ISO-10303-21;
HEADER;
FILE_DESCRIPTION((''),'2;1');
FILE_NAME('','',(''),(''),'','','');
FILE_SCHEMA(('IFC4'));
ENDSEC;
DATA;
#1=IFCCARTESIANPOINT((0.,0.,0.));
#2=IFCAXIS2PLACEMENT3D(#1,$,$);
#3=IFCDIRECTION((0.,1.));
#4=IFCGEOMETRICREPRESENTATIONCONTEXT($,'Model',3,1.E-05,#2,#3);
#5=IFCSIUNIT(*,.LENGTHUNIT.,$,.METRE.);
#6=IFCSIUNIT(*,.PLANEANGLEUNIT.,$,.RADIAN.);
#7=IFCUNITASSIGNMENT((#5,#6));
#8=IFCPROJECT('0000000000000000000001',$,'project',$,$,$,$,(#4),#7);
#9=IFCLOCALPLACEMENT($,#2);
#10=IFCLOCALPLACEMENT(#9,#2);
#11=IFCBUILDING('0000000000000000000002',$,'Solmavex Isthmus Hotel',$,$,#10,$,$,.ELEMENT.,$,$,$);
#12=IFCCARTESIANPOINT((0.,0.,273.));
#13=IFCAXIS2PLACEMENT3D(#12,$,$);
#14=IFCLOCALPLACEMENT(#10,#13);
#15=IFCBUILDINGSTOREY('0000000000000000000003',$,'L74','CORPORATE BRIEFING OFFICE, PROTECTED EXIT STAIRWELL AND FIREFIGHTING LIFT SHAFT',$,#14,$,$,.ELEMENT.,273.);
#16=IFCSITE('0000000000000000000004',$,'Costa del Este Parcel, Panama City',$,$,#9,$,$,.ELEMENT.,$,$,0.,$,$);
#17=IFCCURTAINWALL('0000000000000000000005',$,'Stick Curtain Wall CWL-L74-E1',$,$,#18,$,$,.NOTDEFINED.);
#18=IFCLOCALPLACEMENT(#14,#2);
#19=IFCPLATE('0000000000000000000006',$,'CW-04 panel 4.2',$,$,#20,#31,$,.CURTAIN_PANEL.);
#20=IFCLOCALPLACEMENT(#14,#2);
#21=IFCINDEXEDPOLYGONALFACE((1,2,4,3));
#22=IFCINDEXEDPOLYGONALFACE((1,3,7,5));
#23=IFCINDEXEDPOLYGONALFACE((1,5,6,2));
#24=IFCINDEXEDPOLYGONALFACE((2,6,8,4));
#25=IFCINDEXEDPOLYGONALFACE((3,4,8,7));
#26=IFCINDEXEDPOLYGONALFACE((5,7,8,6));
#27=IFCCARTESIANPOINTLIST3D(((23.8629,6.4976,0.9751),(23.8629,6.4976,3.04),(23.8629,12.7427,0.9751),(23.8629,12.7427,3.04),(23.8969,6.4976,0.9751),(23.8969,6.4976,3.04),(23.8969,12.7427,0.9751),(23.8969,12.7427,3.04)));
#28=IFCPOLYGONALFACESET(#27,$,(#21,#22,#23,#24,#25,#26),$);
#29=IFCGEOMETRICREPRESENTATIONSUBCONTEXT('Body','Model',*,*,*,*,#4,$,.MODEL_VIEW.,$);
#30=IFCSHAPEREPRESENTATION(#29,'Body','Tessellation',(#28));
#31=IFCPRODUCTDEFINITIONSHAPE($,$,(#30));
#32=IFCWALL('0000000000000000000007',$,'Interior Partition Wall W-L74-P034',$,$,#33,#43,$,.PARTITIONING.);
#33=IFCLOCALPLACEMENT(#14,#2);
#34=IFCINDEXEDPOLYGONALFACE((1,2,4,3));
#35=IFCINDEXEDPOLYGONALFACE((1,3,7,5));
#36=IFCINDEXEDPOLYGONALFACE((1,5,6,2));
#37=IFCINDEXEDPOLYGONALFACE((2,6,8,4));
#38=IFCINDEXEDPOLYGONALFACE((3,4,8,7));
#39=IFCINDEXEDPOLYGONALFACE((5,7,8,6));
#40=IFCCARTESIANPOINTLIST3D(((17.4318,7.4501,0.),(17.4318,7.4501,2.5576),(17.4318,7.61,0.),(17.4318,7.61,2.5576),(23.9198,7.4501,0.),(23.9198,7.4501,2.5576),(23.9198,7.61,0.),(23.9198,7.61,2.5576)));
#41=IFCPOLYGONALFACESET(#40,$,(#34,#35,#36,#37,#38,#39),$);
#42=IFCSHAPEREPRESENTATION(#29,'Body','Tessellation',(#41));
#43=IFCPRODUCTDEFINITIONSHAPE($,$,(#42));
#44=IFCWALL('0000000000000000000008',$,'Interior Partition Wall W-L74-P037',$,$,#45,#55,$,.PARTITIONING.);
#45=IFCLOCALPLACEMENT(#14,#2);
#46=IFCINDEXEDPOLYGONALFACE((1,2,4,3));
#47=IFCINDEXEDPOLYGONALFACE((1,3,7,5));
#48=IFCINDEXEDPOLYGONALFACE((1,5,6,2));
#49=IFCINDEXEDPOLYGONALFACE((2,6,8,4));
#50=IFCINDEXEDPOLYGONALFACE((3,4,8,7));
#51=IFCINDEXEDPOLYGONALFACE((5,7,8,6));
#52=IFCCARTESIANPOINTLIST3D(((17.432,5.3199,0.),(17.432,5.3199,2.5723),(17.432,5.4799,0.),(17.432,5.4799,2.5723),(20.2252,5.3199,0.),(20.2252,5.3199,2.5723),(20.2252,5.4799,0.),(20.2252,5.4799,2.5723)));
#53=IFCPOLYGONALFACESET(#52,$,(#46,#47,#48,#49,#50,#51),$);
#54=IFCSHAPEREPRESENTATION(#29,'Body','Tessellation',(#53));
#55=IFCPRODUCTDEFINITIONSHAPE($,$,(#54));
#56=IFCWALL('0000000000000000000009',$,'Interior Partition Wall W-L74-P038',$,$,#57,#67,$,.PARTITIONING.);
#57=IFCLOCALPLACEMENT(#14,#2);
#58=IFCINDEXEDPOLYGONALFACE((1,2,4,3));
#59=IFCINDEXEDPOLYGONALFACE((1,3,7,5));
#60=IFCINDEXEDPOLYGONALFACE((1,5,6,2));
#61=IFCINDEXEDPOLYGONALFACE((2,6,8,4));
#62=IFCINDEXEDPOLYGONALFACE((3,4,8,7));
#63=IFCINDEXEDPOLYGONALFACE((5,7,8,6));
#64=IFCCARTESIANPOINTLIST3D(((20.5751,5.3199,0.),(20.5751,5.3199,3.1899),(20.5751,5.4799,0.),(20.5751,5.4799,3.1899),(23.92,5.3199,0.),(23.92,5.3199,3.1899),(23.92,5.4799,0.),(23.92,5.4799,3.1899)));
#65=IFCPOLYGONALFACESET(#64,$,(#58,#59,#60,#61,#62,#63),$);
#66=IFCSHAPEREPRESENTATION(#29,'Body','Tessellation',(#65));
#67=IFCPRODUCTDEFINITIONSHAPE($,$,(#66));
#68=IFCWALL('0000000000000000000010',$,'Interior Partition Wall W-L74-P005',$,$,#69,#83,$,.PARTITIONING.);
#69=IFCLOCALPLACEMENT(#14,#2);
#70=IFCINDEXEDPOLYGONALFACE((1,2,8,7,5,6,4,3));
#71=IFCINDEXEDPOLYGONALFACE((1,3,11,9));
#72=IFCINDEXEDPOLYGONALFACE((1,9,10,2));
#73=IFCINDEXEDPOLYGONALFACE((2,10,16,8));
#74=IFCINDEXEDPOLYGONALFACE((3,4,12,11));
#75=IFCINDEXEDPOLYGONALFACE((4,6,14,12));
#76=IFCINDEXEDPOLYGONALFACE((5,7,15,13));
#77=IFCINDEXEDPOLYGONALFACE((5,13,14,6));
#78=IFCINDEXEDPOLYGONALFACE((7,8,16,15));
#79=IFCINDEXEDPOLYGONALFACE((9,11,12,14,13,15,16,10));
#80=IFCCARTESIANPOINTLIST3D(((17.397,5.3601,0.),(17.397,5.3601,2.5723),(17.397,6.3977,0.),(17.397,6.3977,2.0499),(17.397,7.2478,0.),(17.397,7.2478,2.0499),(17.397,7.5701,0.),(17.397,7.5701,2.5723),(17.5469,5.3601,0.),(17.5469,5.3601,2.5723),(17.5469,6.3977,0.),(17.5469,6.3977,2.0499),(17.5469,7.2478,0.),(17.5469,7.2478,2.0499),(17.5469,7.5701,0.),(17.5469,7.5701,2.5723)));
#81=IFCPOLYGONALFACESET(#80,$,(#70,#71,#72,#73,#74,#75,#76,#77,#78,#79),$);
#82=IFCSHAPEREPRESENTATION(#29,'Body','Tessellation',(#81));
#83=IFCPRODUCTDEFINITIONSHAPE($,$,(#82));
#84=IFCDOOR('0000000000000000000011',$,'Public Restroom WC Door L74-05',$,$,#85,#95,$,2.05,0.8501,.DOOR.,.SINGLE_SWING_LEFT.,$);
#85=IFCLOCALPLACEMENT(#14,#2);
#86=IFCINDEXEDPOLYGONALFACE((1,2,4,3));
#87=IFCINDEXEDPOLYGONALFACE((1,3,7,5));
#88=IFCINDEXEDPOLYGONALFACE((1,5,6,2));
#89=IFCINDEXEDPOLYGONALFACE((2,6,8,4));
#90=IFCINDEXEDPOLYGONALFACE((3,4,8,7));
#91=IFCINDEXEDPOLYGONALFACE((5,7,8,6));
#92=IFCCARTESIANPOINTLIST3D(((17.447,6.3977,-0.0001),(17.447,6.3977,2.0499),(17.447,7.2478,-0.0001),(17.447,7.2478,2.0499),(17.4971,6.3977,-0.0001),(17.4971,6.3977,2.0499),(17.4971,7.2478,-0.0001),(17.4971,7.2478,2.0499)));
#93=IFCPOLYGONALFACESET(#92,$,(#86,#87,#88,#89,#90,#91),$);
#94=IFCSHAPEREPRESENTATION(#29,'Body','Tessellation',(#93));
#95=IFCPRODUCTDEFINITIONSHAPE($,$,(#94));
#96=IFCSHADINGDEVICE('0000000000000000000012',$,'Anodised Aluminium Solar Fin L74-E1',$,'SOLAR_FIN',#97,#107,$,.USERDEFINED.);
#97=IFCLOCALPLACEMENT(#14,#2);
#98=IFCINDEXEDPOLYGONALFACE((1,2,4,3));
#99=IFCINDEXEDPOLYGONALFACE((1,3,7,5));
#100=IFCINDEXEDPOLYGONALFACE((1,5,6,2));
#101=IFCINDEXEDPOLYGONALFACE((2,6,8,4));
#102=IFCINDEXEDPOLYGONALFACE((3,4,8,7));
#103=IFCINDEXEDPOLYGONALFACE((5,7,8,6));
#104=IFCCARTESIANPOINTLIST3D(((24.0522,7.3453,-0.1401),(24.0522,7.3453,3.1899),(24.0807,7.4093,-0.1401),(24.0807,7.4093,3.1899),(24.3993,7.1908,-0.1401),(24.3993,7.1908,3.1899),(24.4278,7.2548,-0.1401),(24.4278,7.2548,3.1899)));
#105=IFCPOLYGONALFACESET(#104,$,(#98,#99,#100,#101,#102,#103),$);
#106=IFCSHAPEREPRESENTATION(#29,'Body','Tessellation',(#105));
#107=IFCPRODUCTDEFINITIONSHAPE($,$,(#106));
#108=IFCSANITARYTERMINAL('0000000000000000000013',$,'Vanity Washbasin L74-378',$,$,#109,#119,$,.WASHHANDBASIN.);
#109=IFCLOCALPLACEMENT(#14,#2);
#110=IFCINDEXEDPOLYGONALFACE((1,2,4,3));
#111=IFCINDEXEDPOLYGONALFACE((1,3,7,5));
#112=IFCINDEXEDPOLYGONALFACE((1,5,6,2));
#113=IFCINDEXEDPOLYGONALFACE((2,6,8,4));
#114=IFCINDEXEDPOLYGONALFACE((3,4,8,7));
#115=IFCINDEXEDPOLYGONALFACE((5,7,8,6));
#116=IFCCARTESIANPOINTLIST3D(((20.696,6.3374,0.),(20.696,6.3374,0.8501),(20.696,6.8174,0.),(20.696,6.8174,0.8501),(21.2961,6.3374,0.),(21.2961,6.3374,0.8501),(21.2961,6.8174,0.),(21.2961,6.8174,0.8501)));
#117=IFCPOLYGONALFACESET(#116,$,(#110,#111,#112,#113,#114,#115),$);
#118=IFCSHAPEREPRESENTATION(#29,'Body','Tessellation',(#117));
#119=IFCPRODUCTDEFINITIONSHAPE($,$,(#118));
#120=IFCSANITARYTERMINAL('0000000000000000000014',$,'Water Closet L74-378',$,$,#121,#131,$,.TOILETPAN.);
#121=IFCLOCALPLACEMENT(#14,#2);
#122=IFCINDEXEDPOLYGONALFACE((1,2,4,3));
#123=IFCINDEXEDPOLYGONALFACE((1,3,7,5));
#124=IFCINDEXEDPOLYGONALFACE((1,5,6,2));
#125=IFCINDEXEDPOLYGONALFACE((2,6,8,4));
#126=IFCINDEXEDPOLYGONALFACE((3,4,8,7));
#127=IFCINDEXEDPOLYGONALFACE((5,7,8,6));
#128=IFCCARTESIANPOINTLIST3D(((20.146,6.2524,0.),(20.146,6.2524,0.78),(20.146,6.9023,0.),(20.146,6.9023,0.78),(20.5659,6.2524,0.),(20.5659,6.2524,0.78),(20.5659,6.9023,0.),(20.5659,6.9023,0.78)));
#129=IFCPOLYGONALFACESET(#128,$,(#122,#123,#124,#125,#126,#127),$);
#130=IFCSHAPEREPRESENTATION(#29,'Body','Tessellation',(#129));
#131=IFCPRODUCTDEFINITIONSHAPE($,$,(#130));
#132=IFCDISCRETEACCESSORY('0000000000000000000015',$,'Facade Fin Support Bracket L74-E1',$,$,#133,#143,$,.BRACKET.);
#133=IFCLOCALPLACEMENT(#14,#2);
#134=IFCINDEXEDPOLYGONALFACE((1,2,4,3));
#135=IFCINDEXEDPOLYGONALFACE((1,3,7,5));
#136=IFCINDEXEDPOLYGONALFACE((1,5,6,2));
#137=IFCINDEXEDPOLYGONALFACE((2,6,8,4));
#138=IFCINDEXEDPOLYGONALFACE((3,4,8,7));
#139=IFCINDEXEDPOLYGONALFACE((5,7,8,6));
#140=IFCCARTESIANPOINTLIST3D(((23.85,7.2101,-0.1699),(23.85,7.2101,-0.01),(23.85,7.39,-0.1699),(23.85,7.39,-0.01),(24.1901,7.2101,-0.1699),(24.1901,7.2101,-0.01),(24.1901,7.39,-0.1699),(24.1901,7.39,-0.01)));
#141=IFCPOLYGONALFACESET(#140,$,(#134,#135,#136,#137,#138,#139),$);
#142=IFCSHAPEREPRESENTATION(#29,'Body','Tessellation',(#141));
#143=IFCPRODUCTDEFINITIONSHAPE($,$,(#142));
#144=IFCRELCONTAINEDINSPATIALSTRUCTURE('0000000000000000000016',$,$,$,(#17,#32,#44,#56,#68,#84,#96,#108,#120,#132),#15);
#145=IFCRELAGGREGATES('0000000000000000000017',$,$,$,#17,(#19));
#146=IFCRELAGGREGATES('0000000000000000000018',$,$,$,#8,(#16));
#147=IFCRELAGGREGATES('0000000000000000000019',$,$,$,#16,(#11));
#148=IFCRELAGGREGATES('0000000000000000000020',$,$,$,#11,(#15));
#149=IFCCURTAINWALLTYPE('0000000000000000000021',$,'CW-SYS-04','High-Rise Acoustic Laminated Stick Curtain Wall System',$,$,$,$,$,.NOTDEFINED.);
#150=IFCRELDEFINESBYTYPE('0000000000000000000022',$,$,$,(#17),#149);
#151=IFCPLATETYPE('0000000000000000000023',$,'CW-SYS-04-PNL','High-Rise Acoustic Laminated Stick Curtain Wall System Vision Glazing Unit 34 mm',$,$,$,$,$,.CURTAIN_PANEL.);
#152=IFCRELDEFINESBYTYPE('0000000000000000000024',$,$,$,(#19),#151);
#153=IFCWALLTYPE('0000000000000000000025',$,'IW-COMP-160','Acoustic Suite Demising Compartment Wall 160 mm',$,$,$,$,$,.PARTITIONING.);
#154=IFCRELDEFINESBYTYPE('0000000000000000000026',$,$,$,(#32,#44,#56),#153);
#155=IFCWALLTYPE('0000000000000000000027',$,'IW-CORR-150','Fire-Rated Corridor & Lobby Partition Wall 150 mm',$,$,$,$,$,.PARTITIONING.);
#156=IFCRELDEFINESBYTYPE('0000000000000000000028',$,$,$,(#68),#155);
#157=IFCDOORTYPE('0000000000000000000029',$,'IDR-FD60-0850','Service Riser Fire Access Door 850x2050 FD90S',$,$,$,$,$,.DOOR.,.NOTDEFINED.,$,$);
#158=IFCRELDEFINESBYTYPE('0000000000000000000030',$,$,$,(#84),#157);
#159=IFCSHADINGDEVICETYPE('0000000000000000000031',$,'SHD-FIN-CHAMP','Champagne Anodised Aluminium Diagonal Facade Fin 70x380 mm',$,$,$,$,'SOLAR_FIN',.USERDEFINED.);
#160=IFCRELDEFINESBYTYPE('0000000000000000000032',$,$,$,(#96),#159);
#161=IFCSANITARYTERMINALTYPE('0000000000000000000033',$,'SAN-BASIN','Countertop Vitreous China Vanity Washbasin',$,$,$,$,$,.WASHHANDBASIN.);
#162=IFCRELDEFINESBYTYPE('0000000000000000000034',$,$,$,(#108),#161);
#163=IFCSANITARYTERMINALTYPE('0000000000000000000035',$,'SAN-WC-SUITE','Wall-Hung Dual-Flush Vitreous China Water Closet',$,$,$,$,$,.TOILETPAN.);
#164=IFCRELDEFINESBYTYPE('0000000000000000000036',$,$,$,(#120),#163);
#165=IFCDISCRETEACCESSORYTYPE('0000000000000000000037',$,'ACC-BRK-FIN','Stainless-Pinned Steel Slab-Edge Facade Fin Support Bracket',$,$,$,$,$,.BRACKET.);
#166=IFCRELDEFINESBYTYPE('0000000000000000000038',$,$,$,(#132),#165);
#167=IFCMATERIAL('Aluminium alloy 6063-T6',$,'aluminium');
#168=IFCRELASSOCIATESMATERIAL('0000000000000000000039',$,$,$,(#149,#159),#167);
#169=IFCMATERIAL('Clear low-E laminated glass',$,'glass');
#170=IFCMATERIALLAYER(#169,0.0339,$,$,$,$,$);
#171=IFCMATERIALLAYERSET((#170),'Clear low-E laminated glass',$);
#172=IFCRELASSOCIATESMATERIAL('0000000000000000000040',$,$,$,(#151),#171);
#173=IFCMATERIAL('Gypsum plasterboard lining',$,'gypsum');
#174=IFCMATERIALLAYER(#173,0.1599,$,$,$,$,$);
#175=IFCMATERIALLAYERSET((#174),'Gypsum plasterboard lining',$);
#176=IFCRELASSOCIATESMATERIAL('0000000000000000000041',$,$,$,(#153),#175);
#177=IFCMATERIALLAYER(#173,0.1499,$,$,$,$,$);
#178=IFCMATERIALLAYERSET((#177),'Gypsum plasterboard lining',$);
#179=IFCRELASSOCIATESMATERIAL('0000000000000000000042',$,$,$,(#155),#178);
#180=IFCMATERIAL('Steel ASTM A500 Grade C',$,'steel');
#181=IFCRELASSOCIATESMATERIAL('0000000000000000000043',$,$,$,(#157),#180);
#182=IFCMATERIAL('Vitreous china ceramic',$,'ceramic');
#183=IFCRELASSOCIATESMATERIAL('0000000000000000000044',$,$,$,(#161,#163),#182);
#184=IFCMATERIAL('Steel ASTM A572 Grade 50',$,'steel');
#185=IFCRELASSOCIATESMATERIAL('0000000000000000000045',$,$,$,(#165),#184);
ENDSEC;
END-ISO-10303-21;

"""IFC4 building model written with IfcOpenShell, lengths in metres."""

from ifc_helpers import new_model, si_unit, direction, frame, frame_2d, origin, origin_2d, place, context, subcontext, project, spatial, rectangle, extrude, material, layer, layer_set, type_object, element, fill, aggregate, save


model = new_model("IFC4")

# Units and contexts
model_context = context("Model", 3, precision=1e-05, world=origin(), true_north=direction((0.0, 1.0)))
body_context = subcontext(model_context, "Body", "Model", "MODEL_VIEW")
ifc_project = project(units=[si_unit("LENGTHUNIT", "METRE"), si_unit("PLANEANGLEUNIT", "RADIAN")], contexts=[model_context])

# Site, building, storey
site_placement = place(None, origin())
site = spatial("IfcSite", under=ifc_project, at=site_placement, Name="Costa del Este Parcel, Panama City", CompositionType="ELEMENT", RefElevation=0.0)
building_placement = place(site_placement, origin())
building = spatial("IfcBuilding", under=site, at=building_placement, Name="Solmavex Isthmus Hotel", CompositionType="ELEMENT")
storey_placement = place(building_placement, frame((0.0, 0.0, 273.0)))
storey = spatial("IfcBuildingStorey", under=building, at=storey_placement, Name="L74", Description="CORPORATE BRIEFING OFFICE, PROTECTED EXIT STAIRWELL AND FIREFIGHTING LIFT SHAFT", CompositionType="ELEMENT", Elevation=273.0)

# Curtain wall, plate
ifc_material_1 = material(Name="Aluminium alloy 6063-T6", Category="aluminium")
curtain_wall_type = type_object("IfcCurtainWallType", Name="CW-SYS-04", Description="High-Rise Acoustic Laminated Stick Curtain Wall System", PredefinedType="NOTDEFINED", material=ifc_material_1)
curtain_wall_placement = place(storey_placement, origin())
curtain_wall = element("IfcCurtainWall", 1, at=curtain_wall_placement, inside=storey, type_object=curtain_wall_type, Name="Stick Curtain Wall CWL-L74-E1", PredefinedType="NOTDEFINED")
ifc_material_2 = material(Name="Clear low-E laminated glass", Category="glass")
ifc_layer_1 = layer(ifc_material_2, 0.0339)
ifc_layer_set_1 = layer_set([ifc_layer_1], Name="Clear low-E laminated glass")
plate_type = type_object("IfcPlateType", Name="CW-SYS-04-PNL", Description="High-Rise Acoustic Laminated Stick Curtain Wall System Vision Glazing Unit 34 mm", PredefinedType="CURTAIN_PANEL", material=ifc_layer_set_1)
plate_1_placement = place(storey_placement, frame((23.8799, 9.6201, 0.9751), z_axis=(0.0, 0.0, 1.0), x_axis=(0.0, 1.0, 0.0)))
plate_1 = element("IfcPlate", 2, at=plate_1_placement, type_object=plate_type, Name="CW-04 panel 4.2", PredefinedType="CURTAIN_PANEL", context=body_context, shape_type="SweptSolid", body=[
    extrude(rectangle(XDim=6.2451, YDim=0.0339, at=origin_2d()), origin(), (0.0, 0.0, 1.0), 2.0649),
])
aggregate(curtain_wall, [plate_1])

# Walls
ifc_material_3 = material(Name="Gypsum plasterboard lining", Category="gypsum")
ifc_layer_2 = layer(ifc_material_3, 0.1599)
ifc_layer_set_2 = layer_set([ifc_layer_2], Name="Gypsum plasterboard lining")
wall_type_1 = type_object("IfcWallType", Name="IW-COMP-160", Description="Acoustic Suite Demising Compartment Wall 160 mm", PredefinedType="PARTITIONING", material=ifc_layer_set_2)
wall_1_placement = place(storey_placement, frame((23.9199, 7.53, 0.0), z_axis=(0.0, 0.0, 1.0), x_axis=(-1.0, 0.0, 0.0)))
element("IfcWall", 3, at=wall_1_placement, inside=storey, type_object=wall_type_1, Name="Interior Partition Wall W-L74-P034", PredefinedType="PARTITIONING", context=body_context, shape_type="SweptSolid", body=[
    extrude(rectangle(XDim=6.488, YDim=0.1599, at=frame_2d((3.2441, 0.0))), origin(), (0.0, 0.0, 1.0), 2.5576),
])
wall_2_placement = place(storey_placement, frame((20.2251, 5.3999, 0.0), z_axis=(0.0, 0.0, 1.0), x_axis=(-1.0, 0.0, 0.0)))
element("IfcWall", 4, at=wall_2_placement, inside=storey, type_object=wall_type_1, Name="Interior Partition Wall W-L74-P037", PredefinedType="PARTITIONING", context=body_context, shape_type="SweptSolid", body=[
    extrude(rectangle(XDim=2.7932, YDim=0.1599, at=frame_2d((1.3965, 0.0))), origin(), (0.0, 0.0, 1.0), 2.5723),
])
wall_3_placement = place(storey_placement, frame((23.9199, 5.3999, 0.0), z_axis=(0.0, 0.0, 1.0), x_axis=(-1.0, 0.0, 0.0)))
element("IfcWall", 5, at=wall_3_placement, inside=storey, type_object=wall_type_1, Name="Interior Partition Wall W-L74-P038", PredefinedType="PARTITIONING", context=body_context, shape_type="SweptSolid", body=[
    extrude(rectangle(XDim=3.345, YDim=0.1599, at=frame_2d((1.6724, 0.0))), origin(), (0.0, 0.0, 1.0), 3.1899),
])

# Wall, opening, door
ifc_layer_3 = layer(ifc_material_3, 0.1499)
ifc_layer_set_3 = layer_set([ifc_layer_3], Name="Gypsum plasterboard lining")
wall_type_2 = type_object("IfcWallType", Name="IW-CORR-150", Description="Fire-Rated Corridor & Lobby Partition Wall 150 mm", PredefinedType="PARTITIONING", material=ifc_layer_set_3)
wall_4_placement = place(storey_placement, frame((17.4719, 7.5701, 0.0), z_axis=(0.0, 0.0, 1.0), x_axis=(0.0, -1.0, 0.0)))
wall_4 = element("IfcWall", 6, at=wall_4_placement, inside=storey, type_object=wall_type_2, Name="Interior Partition Wall W-L74-P005", PredefinedType="PARTITIONING", context=body_context, shape_type="SweptSolid", body=[
    extrude(rectangle(XDim=2.21, YDim=0.1499, at=frame_2d((1.105, 0.0))), origin(), (0.0, 0.0, 1.0), 2.5723),
])
opening_1_placement = place(wall_4_placement, frame((0.3223, 0.0, 0.0)))
opening_1 = element("IfcOpeningElement", 7, at=opening_1_placement, cuts=wall_4, PredefinedType="OPENING", context=body_context, shape_type="SweptSolid", body=[
    extrude(rectangle(XDim=0.8501, YDim=2.05, at=frame_2d((0.425, 1.0249))), frame((0.0, 0.085, 0.0), z_axis=(0.0, -1.0, 0.0), x_axis=(1.0, 0.0, 0.0)), (0.0, 0.0, 1.0), 0.1699),
])
ifc_material_4 = material(Name="Steel ASTM A500 Grade C", Category="steel")
door_type_1 = type_object("IfcDoorType", Name="IDR-FD60-0850", Description="Service Riser Fire Access Door 850x2050 FD90S", OperationType="NOTDEFINED", PredefinedType="DOOR", material=ifc_material_4)
door_1_placement = place(opening_1_placement, frame((0.8501, 0.0, 0.0), z_axis=(0.0, 0.0, 1.0), x_axis=(-1.0, 0.0, 0.0)))
door_1 = element("IfcDoor", 8, at=door_1_placement, inside=storey, type_object=door_type_1, Name="Public Restroom WC Door L74-05", OperationType="SINGLE_SWING_LEFT", OverallHeight=2.05, OverallWidth=0.8501, PredefinedType="DOOR", context=body_context, shape_type="SweptSolid", body=[
    extrude(rectangle(XDim=0.8501, YDim=2.05, at=frame_2d((0.425, 1.0249))), frame((0.0, 0.0249, 0.0), z_axis=(0.0, -1.0, 0.0), x_axis=(1.0, 0.0, 0.0)), (0.0, 0.0, 1.0), 0.05),
])
fill(opening_1, door_1)

# Shading device
shading_device_type = type_object("IfcShadingDeviceType", Name="SHD-FIN-CHAMP", Description="Champagne Anodised Aluminium Diagonal Facade Fin 70x380 mm", ElementType="SOLAR_FIN", PredefinedType="USERDEFINED", material=ifc_material_1)
shading_device_placement = place(storey_placement, frame((24.24, 7.3, -0.1401), z_axis=(0.0, 0.0, 1.0), x_axis=(0.913545, -0.406737, 0.0)))
element("IfcShadingDevice", 9, at=shading_device_placement, inside=storey, type_object=shading_device_type, Name="Anodised Aluminium Solar Fin L74-E1", ObjectType="SOLAR_FIN", PredefinedType="USERDEFINED", context=body_context, shape_type="SweptSolid", body=[
    extrude(rectangle(XDim=0.3799, YDim=0.0701, at=origin_2d()), origin(), (0.0, 0.0, 1.0), 3.3301),
])

# Sanitary terminals
ifc_material_5 = material(Name="Vitreous china ceramic", Category="ceramic")
sanitary_terminal_type_1 = type_object("IfcSanitaryTerminalType", Name="SAN-BASIN", Description="Countertop Vitreous China Vanity Washbasin", PredefinedType="WASHHANDBASIN", material=ifc_material_5)
sanitary_terminal_1_placement = place(storey_placement, frame((20.9961, 6.5774, 0.0), z_axis=(0.0, 0.0, 1.0), x_axis=(1.0, 0.0, 0.0)))
element("IfcSanitaryTerminal", 10, at=sanitary_terminal_1_placement, inside=storey, type_object=sanitary_terminal_type_1, Name="Vanity Washbasin L74-378", PredefinedType="WASHHANDBASIN", context=body_context, shape_type="SweptSolid", body=[
    extrude(rectangle(XDim=0.6001, YDim=0.48, at=origin_2d()), origin(), (0.0, 0.0, 1.0), 0.8501),
])
sanitary_terminal_type_2 = type_object("IfcSanitaryTerminalType", Name="SAN-WC-SUITE", Description="Wall-Hung Dual-Flush Vitreous China Water Closet", PredefinedType="TOILETPAN", material=ifc_material_5)
sanitary_terminal_2_placement = place(storey_placement, frame((20.356, 6.5774, 0.0), z_axis=(0.0, 0.0, 1.0), x_axis=(1.0, 0.0, 0.0)))
element("IfcSanitaryTerminal", 11, at=sanitary_terminal_2_placement, inside=storey, type_object=sanitary_terminal_type_2, Name="Water Closet L74-378", PredefinedType="TOILETPAN", context=body_context, shape_type="SweptSolid", body=[
    extrude(rectangle(XDim=0.4199, YDim=0.6499, at=origin_2d()), origin(), (0.0, 0.0, 1.0), 0.78),
])

# Discrete accessory
ifc_material_6 = material(Name="Steel ASTM A572 Grade 50", Category="steel")
discrete_accessory_type = type_object("IfcDiscreteAccessoryType", Name="ACC-BRK-FIN", Description="Stainless-Pinned Steel Slab-Edge Facade Fin Support Bracket", PredefinedType="BRACKET", material=ifc_material_6)
discrete_accessory_placement = place(storey_placement, frame((24.02, 7.3, -0.1699), z_axis=(0.0, 0.0, 1.0), x_axis=(1.0, 0.0, 0.0)))
element("IfcDiscreteAccessory", 12, at=discrete_accessory_placement, inside=storey, type_object=discrete_accessory_type, Name="Facade Fin Support Bracket L74-E1", PredefinedType="BRACKET", context=body_context, shape_type="SweptSolid", body=[
    extrude(rectangle(XDim=0.3401, YDim=0.1799, at=origin_2d()), origin(), (0.0, 0.0, 1.0), 0.1599),
])

save(model, "model.ifc")
